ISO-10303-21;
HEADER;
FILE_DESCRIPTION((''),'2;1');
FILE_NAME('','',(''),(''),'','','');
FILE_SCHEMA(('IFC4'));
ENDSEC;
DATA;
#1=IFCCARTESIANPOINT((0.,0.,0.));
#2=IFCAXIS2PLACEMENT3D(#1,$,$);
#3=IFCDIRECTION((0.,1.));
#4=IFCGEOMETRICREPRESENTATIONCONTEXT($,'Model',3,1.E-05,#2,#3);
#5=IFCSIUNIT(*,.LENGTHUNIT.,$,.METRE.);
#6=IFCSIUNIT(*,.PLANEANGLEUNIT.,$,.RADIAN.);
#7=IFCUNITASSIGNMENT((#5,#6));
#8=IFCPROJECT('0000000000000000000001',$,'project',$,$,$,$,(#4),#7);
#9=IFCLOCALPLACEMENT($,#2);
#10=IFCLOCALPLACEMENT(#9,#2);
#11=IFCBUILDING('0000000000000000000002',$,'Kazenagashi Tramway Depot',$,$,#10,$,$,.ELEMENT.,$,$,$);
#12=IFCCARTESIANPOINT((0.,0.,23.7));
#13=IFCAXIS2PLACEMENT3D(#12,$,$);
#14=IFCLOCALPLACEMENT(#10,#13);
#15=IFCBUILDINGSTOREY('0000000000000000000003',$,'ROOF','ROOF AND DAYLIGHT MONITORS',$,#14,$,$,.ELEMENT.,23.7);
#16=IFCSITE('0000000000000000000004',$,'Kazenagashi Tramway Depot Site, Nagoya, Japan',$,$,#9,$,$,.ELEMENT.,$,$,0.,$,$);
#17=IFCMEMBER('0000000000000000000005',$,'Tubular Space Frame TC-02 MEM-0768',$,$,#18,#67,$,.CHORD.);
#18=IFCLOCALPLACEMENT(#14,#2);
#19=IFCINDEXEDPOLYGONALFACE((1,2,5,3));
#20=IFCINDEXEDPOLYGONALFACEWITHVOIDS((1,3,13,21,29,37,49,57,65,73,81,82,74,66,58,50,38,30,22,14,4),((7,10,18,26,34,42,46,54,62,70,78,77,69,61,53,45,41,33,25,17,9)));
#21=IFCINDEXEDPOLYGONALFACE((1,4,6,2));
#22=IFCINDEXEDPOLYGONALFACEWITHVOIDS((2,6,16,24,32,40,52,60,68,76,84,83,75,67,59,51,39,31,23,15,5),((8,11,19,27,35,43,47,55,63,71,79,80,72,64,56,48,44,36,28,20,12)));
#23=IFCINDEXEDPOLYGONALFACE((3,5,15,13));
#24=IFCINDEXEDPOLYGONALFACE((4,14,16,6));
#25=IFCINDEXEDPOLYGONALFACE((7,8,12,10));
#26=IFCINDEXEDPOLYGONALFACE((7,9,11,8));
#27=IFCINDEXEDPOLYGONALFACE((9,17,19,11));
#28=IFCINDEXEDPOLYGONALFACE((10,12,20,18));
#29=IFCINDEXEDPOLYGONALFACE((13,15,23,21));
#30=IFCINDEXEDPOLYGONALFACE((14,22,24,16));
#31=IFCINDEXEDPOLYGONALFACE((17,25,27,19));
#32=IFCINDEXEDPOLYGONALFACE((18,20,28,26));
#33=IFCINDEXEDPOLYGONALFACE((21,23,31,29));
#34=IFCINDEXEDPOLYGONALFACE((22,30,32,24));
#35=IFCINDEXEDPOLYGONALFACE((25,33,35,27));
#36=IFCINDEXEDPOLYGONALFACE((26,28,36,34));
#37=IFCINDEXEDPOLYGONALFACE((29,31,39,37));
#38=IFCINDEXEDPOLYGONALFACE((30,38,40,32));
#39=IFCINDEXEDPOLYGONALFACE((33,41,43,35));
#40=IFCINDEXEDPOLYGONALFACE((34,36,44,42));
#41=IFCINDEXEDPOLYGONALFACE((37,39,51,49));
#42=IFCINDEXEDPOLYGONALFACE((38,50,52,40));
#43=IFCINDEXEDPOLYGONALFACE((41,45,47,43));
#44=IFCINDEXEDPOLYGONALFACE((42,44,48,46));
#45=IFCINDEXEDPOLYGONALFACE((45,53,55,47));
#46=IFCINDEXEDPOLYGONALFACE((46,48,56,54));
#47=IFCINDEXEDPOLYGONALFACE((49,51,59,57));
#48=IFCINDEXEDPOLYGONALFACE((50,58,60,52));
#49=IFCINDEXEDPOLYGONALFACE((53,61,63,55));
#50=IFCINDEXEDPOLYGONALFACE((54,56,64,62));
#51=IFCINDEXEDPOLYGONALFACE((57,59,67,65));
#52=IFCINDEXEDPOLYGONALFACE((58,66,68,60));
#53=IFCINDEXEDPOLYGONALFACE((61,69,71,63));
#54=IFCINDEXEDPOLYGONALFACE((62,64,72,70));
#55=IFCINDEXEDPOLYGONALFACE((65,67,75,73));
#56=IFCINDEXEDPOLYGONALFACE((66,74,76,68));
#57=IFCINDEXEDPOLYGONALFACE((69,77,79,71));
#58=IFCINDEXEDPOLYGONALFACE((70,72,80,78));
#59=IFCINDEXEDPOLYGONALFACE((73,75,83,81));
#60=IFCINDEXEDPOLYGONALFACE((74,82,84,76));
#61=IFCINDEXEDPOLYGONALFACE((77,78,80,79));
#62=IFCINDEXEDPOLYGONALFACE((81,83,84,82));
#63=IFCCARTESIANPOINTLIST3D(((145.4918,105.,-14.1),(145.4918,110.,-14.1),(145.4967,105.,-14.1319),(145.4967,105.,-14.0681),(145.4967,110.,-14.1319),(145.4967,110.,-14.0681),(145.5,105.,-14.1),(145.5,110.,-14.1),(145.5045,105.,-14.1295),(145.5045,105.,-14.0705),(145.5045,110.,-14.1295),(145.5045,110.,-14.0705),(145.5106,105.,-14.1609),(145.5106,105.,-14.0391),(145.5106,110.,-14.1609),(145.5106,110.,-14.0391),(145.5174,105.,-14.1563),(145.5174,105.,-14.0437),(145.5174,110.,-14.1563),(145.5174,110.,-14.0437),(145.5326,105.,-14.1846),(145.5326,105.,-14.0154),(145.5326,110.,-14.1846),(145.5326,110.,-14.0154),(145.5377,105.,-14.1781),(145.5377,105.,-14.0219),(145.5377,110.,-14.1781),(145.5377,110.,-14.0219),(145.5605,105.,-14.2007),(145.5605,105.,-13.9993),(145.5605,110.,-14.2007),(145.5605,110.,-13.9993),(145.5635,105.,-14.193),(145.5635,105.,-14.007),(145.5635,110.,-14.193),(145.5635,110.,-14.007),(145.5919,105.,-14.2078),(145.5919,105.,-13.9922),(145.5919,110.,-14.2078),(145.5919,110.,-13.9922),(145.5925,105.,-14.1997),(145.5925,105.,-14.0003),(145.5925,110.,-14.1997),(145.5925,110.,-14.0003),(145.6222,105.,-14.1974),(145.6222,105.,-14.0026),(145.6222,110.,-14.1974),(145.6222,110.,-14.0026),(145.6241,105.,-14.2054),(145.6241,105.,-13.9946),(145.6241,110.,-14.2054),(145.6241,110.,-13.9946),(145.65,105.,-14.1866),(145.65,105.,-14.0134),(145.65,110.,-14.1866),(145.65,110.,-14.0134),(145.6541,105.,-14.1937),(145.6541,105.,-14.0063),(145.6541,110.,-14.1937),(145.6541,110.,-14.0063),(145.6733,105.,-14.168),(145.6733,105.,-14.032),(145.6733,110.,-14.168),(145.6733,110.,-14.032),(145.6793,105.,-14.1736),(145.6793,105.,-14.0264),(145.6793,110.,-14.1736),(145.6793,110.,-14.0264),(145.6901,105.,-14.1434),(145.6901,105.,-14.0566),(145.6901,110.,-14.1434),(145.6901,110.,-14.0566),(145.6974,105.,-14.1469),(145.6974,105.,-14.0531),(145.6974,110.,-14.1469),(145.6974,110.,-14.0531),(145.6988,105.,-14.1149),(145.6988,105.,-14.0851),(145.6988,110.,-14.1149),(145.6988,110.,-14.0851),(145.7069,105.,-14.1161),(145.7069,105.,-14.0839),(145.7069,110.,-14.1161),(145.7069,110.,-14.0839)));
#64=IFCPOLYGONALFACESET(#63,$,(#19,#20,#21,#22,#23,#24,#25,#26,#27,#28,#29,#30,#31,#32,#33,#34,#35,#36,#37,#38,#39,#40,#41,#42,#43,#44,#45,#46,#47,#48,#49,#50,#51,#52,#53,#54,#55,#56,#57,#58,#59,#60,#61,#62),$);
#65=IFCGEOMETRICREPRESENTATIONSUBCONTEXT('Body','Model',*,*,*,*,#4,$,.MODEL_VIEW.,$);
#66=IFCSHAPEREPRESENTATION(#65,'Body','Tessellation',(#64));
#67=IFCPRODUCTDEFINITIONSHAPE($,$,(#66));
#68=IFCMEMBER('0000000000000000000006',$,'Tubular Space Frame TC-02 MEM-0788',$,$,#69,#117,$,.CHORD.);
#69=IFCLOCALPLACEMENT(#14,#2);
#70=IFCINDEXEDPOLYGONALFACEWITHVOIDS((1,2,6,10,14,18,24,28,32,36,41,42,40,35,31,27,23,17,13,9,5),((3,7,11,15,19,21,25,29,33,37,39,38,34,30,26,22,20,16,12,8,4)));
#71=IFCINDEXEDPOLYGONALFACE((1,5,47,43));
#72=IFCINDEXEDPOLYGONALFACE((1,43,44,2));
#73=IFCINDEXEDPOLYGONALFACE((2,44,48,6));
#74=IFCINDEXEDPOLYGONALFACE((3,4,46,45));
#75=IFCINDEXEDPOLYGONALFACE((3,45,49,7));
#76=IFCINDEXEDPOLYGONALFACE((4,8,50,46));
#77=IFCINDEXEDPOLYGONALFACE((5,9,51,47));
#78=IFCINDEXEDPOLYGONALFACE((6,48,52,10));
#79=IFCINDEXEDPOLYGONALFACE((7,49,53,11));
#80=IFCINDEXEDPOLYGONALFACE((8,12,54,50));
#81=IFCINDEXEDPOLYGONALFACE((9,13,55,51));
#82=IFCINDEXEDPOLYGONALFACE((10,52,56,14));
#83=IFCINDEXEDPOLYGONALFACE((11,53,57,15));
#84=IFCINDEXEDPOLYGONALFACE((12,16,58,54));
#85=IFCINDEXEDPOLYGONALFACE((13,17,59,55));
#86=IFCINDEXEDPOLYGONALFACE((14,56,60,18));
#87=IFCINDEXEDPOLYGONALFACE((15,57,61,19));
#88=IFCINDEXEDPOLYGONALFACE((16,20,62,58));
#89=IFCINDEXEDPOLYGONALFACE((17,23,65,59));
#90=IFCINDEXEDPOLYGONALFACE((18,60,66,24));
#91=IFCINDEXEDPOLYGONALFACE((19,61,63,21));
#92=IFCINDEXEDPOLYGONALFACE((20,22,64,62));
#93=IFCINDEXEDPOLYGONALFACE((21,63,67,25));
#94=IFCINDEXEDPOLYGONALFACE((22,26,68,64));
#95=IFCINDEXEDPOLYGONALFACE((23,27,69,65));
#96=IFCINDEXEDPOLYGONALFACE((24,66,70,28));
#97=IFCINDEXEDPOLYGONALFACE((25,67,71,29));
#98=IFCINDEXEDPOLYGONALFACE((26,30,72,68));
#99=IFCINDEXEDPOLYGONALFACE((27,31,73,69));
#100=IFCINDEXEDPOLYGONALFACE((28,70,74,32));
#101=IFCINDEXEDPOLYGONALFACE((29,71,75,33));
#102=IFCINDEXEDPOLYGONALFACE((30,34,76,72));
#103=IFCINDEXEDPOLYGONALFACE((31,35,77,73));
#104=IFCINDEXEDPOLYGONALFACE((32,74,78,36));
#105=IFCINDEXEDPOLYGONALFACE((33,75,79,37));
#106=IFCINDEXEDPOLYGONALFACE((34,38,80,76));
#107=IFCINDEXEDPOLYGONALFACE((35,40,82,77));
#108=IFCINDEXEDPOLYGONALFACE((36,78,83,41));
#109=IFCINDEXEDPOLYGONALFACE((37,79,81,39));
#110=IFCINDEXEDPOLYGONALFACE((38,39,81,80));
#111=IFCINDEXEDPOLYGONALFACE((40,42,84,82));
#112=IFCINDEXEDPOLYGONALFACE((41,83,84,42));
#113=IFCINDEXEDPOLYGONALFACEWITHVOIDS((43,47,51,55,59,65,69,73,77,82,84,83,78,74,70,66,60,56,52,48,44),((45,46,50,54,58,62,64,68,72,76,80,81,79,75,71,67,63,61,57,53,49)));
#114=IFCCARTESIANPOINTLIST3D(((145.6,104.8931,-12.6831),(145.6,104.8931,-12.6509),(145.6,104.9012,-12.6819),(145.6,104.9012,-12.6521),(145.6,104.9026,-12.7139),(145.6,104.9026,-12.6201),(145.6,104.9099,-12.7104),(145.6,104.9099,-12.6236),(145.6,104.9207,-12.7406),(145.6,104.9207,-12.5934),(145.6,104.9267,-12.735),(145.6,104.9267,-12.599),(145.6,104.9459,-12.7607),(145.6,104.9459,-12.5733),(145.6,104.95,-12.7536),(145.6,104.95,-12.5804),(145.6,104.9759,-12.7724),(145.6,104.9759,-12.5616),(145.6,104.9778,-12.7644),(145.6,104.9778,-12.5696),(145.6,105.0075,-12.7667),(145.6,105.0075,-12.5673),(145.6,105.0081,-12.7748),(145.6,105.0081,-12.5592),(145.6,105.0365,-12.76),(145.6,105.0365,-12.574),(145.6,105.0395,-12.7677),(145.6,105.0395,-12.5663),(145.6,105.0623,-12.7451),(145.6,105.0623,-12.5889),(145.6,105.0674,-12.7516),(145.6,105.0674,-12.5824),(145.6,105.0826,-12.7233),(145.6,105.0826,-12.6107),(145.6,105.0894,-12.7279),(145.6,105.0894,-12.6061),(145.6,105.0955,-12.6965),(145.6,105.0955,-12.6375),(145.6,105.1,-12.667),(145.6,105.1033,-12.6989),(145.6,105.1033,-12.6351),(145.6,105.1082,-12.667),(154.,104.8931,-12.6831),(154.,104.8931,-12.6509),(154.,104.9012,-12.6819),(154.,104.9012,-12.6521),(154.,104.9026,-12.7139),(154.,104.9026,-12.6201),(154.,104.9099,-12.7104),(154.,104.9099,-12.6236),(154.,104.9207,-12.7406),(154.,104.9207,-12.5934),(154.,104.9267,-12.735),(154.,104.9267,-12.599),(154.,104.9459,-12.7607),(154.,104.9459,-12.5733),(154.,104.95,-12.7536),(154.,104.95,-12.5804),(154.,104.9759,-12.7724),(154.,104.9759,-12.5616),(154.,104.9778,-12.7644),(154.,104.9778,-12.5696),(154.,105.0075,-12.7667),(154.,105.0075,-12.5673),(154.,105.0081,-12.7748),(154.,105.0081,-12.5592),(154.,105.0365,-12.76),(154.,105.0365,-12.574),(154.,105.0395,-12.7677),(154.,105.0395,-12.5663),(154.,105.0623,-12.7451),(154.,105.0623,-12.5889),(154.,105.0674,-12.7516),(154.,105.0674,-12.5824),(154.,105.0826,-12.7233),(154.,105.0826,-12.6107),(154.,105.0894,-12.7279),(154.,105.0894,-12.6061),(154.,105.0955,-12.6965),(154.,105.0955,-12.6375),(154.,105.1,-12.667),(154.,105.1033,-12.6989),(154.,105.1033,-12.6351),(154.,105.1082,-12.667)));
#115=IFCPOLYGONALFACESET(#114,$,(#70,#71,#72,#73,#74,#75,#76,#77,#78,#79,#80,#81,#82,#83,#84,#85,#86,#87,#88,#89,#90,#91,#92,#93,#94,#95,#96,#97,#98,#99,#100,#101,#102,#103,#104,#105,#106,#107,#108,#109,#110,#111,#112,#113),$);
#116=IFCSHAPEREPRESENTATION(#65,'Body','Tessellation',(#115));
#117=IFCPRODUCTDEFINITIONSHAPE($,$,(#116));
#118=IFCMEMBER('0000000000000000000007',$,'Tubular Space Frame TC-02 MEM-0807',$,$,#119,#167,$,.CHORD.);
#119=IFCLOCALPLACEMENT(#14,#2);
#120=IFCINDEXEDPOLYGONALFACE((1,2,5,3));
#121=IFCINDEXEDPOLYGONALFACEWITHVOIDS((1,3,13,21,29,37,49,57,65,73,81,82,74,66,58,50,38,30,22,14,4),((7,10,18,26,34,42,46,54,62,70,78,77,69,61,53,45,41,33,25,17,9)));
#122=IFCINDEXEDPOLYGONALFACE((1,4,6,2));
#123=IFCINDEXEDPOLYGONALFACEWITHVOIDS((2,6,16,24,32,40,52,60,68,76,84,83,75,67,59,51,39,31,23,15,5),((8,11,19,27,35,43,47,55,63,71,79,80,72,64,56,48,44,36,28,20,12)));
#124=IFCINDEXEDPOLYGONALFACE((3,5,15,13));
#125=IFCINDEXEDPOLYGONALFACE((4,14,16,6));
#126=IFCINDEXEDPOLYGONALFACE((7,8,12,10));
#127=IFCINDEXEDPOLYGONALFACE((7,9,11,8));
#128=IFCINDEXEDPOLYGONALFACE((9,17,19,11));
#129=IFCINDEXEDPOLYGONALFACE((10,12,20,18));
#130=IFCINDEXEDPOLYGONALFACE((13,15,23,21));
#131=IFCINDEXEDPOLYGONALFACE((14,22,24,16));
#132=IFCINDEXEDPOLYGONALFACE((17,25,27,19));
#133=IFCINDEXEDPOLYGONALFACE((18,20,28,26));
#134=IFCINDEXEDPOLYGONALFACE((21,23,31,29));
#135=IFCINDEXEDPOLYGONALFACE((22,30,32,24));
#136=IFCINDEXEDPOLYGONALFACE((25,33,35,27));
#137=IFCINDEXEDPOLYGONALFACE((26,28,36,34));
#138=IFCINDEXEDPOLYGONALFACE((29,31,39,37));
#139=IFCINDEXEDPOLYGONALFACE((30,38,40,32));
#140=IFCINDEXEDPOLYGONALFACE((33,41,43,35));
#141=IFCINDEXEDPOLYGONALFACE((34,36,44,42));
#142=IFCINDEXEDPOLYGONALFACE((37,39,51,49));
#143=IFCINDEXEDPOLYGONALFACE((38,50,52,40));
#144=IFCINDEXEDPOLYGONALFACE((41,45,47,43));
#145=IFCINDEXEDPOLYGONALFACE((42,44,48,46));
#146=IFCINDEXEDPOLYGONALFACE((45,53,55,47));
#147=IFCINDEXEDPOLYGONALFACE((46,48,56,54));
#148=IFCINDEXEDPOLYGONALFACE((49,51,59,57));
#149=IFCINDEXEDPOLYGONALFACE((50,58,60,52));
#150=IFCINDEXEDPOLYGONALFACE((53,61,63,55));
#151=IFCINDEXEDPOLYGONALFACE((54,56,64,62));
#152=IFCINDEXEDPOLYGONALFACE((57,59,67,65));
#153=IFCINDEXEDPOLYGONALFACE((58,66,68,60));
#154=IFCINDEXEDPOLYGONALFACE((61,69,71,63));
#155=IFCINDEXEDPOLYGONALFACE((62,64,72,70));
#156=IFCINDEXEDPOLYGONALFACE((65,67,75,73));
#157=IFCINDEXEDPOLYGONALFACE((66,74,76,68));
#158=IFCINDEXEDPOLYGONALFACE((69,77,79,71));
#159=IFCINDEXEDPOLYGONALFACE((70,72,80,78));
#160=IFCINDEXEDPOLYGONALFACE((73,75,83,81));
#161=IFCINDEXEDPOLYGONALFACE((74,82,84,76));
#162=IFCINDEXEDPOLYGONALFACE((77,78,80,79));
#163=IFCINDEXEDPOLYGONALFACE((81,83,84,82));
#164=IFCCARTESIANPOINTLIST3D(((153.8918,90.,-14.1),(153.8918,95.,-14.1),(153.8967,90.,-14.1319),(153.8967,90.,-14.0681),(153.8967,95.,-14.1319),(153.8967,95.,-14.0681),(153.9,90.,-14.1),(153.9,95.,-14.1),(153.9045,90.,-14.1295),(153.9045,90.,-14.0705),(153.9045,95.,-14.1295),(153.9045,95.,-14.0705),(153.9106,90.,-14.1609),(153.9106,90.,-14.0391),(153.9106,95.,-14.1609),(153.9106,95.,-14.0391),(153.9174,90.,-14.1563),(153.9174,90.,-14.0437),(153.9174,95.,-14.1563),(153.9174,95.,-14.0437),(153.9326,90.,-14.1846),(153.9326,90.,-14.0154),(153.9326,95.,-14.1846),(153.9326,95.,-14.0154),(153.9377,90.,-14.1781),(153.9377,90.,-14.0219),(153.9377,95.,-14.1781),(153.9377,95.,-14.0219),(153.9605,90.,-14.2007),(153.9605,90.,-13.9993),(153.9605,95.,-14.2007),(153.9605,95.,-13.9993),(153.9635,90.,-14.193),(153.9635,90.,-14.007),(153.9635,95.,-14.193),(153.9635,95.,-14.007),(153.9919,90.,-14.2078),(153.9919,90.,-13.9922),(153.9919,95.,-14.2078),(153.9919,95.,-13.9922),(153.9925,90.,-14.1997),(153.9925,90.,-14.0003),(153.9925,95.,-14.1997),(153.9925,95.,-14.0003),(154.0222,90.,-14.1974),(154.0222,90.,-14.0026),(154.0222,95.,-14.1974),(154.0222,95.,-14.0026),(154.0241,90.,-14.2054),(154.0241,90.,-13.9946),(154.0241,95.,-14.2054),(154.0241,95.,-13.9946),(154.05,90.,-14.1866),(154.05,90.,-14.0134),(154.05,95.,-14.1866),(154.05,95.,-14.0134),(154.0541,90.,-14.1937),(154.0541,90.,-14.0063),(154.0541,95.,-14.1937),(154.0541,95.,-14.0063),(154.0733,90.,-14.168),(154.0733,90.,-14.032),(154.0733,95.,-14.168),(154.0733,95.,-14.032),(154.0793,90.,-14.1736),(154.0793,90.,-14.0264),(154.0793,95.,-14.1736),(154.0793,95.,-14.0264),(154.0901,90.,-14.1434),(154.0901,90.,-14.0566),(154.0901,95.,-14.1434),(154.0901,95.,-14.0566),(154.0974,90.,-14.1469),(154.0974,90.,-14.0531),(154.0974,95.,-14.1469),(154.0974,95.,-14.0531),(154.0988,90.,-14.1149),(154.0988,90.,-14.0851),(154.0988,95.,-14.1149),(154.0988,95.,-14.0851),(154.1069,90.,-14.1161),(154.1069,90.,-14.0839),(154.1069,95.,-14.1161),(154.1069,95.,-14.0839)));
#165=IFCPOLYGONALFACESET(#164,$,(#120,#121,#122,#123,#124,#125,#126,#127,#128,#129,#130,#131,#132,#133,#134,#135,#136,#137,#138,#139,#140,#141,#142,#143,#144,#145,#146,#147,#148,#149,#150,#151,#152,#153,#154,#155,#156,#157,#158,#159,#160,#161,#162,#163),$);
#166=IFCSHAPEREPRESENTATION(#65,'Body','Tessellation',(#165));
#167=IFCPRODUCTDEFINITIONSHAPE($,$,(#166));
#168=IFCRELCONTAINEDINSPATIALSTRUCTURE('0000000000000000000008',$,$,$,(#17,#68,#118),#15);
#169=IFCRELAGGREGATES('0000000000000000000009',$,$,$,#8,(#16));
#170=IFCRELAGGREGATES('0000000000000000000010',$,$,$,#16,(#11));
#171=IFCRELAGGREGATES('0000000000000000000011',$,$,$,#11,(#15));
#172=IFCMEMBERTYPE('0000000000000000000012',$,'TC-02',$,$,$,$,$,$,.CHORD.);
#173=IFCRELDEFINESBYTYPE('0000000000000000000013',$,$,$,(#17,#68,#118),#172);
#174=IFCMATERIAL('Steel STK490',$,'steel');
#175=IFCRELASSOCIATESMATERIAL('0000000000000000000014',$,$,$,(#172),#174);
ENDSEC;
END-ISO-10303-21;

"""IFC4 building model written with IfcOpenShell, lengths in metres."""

from ifc_helpers import new_model, si_unit, direction, frame, origin, origin_2d, place, context, subcontext, project, spatial, hollow_circle, extrude, material, material_profile, profile_set, type_object, element, save


model = new_model("IFC4")

# Units and contexts
model_context = context("Model", 3, precision=1e-05, world=origin(), true_north=direction((0.0, 1.0)))
body_context = subcontext(model_context, "Body", "Model", "MODEL_VIEW")
ifc_project = project(units=[si_unit("LENGTHUNIT", "METRE"), si_unit("PLANEANGLEUNIT", "RADIAN")], contexts=[model_context])

# Site, building, storey
site_placement = place(None, origin())
site = spatial("IfcSite", under=ifc_project, at=site_placement, Name="Kazenagashi Tramway Depot Site, Nagoya, Japan", CompositionType="ELEMENT", RefElevation=0.0)
building_placement = place(site_placement, origin())
building = spatial("IfcBuilding", under=site, at=building_placement, Name="Kazenagashi Tramway Depot", CompositionType="ELEMENT")
storey_placement = place(building_placement, frame((0.0, 0.0, 23.7)))
storey = spatial("IfcBuildingStorey", under=building, at=storey_placement, Name="ROOF", Description="ROOF AND DAYLIGHT MONITORS", CompositionType="ELEMENT", Elevation=23.7)

# Members
ifc_material_1 = material(Name="Steel STK490", Category="steel")
ifc_material_profile_1 = material_profile(ifc_material_1, hollow_circle(Radius=0.1081, WallThickness=0.0082, at=origin_2d()), Name="CHS-216.3x8.2")
ifc_profile_set_1 = profile_set([ifc_material_profile_1], Name="Steel STK490")
member_type_1 = type_object("IfcMemberType", Name="TC-02", PredefinedType="CHORD", material=ifc_profile_set_1)
for number, where, z_axis, x_axis, name in (
    (1, (145.6, 105.0, -14.1), (0.0, 1.0, 0.0), (-1.0, 0.0, 0.0), "Tubular Space Frame TC-02 MEM-0768"),
):
    element("IfcMember", number, at=place(storey_placement, frame(where, z_axis=z_axis, x_axis=x_axis)), inside=storey, type_object=member_type_1, Name=name, PredefinedType="CHORD", context=body_context, shape_type="SweptSolid", body=[
        extrude(hollow_circle(Radius=0.1081, WallThickness=0.0082, at=origin_2d()), origin(), (0.0, 0.0, 1.0), 5.0),
    ])
member_1_placement = place(storey_placement, frame((145.6, 105.0, -12.667), z_axis=(1.0, 0.0, 0.0), x_axis=(0.0, 1.0, 0.0)))
element("IfcMember", 2, at=member_1_placement, inside=storey, type_object=member_type_1, Name="Tubular Space Frame TC-02 MEM-0788", PredefinedType="CHORD", context=body_context, shape_type="SweptSolid", body=[
    extrude(hollow_circle(Radius=0.1081, WallThickness=0.0082, at=origin_2d()), origin(), (0.0, 0.0, 1.0), 8.4),
])
for number, where, z_axis, x_axis, name in (
    (3, (154.0, 90.0, -14.1), (0.0, 1.0, 0.0), (-1.0, 0.0, 0.0), "Tubular Space Frame TC-02 MEM-0807"),
):
    element("IfcMember", number, at=place(storey_placement, frame(where, z_axis=z_axis, x_axis=x_axis)), inside=storey, type_object=member_type_1, Name=name, PredefinedType="CHORD", context=body_context, shape_type="SweptSolid", body=[
        extrude(hollow_circle(Radius=0.1081, WallThickness=0.0082, at=origin_2d()), origin(), (0.0, 0.0, 1.0), 5.0),
    ])

save(model, "model.ifc")
